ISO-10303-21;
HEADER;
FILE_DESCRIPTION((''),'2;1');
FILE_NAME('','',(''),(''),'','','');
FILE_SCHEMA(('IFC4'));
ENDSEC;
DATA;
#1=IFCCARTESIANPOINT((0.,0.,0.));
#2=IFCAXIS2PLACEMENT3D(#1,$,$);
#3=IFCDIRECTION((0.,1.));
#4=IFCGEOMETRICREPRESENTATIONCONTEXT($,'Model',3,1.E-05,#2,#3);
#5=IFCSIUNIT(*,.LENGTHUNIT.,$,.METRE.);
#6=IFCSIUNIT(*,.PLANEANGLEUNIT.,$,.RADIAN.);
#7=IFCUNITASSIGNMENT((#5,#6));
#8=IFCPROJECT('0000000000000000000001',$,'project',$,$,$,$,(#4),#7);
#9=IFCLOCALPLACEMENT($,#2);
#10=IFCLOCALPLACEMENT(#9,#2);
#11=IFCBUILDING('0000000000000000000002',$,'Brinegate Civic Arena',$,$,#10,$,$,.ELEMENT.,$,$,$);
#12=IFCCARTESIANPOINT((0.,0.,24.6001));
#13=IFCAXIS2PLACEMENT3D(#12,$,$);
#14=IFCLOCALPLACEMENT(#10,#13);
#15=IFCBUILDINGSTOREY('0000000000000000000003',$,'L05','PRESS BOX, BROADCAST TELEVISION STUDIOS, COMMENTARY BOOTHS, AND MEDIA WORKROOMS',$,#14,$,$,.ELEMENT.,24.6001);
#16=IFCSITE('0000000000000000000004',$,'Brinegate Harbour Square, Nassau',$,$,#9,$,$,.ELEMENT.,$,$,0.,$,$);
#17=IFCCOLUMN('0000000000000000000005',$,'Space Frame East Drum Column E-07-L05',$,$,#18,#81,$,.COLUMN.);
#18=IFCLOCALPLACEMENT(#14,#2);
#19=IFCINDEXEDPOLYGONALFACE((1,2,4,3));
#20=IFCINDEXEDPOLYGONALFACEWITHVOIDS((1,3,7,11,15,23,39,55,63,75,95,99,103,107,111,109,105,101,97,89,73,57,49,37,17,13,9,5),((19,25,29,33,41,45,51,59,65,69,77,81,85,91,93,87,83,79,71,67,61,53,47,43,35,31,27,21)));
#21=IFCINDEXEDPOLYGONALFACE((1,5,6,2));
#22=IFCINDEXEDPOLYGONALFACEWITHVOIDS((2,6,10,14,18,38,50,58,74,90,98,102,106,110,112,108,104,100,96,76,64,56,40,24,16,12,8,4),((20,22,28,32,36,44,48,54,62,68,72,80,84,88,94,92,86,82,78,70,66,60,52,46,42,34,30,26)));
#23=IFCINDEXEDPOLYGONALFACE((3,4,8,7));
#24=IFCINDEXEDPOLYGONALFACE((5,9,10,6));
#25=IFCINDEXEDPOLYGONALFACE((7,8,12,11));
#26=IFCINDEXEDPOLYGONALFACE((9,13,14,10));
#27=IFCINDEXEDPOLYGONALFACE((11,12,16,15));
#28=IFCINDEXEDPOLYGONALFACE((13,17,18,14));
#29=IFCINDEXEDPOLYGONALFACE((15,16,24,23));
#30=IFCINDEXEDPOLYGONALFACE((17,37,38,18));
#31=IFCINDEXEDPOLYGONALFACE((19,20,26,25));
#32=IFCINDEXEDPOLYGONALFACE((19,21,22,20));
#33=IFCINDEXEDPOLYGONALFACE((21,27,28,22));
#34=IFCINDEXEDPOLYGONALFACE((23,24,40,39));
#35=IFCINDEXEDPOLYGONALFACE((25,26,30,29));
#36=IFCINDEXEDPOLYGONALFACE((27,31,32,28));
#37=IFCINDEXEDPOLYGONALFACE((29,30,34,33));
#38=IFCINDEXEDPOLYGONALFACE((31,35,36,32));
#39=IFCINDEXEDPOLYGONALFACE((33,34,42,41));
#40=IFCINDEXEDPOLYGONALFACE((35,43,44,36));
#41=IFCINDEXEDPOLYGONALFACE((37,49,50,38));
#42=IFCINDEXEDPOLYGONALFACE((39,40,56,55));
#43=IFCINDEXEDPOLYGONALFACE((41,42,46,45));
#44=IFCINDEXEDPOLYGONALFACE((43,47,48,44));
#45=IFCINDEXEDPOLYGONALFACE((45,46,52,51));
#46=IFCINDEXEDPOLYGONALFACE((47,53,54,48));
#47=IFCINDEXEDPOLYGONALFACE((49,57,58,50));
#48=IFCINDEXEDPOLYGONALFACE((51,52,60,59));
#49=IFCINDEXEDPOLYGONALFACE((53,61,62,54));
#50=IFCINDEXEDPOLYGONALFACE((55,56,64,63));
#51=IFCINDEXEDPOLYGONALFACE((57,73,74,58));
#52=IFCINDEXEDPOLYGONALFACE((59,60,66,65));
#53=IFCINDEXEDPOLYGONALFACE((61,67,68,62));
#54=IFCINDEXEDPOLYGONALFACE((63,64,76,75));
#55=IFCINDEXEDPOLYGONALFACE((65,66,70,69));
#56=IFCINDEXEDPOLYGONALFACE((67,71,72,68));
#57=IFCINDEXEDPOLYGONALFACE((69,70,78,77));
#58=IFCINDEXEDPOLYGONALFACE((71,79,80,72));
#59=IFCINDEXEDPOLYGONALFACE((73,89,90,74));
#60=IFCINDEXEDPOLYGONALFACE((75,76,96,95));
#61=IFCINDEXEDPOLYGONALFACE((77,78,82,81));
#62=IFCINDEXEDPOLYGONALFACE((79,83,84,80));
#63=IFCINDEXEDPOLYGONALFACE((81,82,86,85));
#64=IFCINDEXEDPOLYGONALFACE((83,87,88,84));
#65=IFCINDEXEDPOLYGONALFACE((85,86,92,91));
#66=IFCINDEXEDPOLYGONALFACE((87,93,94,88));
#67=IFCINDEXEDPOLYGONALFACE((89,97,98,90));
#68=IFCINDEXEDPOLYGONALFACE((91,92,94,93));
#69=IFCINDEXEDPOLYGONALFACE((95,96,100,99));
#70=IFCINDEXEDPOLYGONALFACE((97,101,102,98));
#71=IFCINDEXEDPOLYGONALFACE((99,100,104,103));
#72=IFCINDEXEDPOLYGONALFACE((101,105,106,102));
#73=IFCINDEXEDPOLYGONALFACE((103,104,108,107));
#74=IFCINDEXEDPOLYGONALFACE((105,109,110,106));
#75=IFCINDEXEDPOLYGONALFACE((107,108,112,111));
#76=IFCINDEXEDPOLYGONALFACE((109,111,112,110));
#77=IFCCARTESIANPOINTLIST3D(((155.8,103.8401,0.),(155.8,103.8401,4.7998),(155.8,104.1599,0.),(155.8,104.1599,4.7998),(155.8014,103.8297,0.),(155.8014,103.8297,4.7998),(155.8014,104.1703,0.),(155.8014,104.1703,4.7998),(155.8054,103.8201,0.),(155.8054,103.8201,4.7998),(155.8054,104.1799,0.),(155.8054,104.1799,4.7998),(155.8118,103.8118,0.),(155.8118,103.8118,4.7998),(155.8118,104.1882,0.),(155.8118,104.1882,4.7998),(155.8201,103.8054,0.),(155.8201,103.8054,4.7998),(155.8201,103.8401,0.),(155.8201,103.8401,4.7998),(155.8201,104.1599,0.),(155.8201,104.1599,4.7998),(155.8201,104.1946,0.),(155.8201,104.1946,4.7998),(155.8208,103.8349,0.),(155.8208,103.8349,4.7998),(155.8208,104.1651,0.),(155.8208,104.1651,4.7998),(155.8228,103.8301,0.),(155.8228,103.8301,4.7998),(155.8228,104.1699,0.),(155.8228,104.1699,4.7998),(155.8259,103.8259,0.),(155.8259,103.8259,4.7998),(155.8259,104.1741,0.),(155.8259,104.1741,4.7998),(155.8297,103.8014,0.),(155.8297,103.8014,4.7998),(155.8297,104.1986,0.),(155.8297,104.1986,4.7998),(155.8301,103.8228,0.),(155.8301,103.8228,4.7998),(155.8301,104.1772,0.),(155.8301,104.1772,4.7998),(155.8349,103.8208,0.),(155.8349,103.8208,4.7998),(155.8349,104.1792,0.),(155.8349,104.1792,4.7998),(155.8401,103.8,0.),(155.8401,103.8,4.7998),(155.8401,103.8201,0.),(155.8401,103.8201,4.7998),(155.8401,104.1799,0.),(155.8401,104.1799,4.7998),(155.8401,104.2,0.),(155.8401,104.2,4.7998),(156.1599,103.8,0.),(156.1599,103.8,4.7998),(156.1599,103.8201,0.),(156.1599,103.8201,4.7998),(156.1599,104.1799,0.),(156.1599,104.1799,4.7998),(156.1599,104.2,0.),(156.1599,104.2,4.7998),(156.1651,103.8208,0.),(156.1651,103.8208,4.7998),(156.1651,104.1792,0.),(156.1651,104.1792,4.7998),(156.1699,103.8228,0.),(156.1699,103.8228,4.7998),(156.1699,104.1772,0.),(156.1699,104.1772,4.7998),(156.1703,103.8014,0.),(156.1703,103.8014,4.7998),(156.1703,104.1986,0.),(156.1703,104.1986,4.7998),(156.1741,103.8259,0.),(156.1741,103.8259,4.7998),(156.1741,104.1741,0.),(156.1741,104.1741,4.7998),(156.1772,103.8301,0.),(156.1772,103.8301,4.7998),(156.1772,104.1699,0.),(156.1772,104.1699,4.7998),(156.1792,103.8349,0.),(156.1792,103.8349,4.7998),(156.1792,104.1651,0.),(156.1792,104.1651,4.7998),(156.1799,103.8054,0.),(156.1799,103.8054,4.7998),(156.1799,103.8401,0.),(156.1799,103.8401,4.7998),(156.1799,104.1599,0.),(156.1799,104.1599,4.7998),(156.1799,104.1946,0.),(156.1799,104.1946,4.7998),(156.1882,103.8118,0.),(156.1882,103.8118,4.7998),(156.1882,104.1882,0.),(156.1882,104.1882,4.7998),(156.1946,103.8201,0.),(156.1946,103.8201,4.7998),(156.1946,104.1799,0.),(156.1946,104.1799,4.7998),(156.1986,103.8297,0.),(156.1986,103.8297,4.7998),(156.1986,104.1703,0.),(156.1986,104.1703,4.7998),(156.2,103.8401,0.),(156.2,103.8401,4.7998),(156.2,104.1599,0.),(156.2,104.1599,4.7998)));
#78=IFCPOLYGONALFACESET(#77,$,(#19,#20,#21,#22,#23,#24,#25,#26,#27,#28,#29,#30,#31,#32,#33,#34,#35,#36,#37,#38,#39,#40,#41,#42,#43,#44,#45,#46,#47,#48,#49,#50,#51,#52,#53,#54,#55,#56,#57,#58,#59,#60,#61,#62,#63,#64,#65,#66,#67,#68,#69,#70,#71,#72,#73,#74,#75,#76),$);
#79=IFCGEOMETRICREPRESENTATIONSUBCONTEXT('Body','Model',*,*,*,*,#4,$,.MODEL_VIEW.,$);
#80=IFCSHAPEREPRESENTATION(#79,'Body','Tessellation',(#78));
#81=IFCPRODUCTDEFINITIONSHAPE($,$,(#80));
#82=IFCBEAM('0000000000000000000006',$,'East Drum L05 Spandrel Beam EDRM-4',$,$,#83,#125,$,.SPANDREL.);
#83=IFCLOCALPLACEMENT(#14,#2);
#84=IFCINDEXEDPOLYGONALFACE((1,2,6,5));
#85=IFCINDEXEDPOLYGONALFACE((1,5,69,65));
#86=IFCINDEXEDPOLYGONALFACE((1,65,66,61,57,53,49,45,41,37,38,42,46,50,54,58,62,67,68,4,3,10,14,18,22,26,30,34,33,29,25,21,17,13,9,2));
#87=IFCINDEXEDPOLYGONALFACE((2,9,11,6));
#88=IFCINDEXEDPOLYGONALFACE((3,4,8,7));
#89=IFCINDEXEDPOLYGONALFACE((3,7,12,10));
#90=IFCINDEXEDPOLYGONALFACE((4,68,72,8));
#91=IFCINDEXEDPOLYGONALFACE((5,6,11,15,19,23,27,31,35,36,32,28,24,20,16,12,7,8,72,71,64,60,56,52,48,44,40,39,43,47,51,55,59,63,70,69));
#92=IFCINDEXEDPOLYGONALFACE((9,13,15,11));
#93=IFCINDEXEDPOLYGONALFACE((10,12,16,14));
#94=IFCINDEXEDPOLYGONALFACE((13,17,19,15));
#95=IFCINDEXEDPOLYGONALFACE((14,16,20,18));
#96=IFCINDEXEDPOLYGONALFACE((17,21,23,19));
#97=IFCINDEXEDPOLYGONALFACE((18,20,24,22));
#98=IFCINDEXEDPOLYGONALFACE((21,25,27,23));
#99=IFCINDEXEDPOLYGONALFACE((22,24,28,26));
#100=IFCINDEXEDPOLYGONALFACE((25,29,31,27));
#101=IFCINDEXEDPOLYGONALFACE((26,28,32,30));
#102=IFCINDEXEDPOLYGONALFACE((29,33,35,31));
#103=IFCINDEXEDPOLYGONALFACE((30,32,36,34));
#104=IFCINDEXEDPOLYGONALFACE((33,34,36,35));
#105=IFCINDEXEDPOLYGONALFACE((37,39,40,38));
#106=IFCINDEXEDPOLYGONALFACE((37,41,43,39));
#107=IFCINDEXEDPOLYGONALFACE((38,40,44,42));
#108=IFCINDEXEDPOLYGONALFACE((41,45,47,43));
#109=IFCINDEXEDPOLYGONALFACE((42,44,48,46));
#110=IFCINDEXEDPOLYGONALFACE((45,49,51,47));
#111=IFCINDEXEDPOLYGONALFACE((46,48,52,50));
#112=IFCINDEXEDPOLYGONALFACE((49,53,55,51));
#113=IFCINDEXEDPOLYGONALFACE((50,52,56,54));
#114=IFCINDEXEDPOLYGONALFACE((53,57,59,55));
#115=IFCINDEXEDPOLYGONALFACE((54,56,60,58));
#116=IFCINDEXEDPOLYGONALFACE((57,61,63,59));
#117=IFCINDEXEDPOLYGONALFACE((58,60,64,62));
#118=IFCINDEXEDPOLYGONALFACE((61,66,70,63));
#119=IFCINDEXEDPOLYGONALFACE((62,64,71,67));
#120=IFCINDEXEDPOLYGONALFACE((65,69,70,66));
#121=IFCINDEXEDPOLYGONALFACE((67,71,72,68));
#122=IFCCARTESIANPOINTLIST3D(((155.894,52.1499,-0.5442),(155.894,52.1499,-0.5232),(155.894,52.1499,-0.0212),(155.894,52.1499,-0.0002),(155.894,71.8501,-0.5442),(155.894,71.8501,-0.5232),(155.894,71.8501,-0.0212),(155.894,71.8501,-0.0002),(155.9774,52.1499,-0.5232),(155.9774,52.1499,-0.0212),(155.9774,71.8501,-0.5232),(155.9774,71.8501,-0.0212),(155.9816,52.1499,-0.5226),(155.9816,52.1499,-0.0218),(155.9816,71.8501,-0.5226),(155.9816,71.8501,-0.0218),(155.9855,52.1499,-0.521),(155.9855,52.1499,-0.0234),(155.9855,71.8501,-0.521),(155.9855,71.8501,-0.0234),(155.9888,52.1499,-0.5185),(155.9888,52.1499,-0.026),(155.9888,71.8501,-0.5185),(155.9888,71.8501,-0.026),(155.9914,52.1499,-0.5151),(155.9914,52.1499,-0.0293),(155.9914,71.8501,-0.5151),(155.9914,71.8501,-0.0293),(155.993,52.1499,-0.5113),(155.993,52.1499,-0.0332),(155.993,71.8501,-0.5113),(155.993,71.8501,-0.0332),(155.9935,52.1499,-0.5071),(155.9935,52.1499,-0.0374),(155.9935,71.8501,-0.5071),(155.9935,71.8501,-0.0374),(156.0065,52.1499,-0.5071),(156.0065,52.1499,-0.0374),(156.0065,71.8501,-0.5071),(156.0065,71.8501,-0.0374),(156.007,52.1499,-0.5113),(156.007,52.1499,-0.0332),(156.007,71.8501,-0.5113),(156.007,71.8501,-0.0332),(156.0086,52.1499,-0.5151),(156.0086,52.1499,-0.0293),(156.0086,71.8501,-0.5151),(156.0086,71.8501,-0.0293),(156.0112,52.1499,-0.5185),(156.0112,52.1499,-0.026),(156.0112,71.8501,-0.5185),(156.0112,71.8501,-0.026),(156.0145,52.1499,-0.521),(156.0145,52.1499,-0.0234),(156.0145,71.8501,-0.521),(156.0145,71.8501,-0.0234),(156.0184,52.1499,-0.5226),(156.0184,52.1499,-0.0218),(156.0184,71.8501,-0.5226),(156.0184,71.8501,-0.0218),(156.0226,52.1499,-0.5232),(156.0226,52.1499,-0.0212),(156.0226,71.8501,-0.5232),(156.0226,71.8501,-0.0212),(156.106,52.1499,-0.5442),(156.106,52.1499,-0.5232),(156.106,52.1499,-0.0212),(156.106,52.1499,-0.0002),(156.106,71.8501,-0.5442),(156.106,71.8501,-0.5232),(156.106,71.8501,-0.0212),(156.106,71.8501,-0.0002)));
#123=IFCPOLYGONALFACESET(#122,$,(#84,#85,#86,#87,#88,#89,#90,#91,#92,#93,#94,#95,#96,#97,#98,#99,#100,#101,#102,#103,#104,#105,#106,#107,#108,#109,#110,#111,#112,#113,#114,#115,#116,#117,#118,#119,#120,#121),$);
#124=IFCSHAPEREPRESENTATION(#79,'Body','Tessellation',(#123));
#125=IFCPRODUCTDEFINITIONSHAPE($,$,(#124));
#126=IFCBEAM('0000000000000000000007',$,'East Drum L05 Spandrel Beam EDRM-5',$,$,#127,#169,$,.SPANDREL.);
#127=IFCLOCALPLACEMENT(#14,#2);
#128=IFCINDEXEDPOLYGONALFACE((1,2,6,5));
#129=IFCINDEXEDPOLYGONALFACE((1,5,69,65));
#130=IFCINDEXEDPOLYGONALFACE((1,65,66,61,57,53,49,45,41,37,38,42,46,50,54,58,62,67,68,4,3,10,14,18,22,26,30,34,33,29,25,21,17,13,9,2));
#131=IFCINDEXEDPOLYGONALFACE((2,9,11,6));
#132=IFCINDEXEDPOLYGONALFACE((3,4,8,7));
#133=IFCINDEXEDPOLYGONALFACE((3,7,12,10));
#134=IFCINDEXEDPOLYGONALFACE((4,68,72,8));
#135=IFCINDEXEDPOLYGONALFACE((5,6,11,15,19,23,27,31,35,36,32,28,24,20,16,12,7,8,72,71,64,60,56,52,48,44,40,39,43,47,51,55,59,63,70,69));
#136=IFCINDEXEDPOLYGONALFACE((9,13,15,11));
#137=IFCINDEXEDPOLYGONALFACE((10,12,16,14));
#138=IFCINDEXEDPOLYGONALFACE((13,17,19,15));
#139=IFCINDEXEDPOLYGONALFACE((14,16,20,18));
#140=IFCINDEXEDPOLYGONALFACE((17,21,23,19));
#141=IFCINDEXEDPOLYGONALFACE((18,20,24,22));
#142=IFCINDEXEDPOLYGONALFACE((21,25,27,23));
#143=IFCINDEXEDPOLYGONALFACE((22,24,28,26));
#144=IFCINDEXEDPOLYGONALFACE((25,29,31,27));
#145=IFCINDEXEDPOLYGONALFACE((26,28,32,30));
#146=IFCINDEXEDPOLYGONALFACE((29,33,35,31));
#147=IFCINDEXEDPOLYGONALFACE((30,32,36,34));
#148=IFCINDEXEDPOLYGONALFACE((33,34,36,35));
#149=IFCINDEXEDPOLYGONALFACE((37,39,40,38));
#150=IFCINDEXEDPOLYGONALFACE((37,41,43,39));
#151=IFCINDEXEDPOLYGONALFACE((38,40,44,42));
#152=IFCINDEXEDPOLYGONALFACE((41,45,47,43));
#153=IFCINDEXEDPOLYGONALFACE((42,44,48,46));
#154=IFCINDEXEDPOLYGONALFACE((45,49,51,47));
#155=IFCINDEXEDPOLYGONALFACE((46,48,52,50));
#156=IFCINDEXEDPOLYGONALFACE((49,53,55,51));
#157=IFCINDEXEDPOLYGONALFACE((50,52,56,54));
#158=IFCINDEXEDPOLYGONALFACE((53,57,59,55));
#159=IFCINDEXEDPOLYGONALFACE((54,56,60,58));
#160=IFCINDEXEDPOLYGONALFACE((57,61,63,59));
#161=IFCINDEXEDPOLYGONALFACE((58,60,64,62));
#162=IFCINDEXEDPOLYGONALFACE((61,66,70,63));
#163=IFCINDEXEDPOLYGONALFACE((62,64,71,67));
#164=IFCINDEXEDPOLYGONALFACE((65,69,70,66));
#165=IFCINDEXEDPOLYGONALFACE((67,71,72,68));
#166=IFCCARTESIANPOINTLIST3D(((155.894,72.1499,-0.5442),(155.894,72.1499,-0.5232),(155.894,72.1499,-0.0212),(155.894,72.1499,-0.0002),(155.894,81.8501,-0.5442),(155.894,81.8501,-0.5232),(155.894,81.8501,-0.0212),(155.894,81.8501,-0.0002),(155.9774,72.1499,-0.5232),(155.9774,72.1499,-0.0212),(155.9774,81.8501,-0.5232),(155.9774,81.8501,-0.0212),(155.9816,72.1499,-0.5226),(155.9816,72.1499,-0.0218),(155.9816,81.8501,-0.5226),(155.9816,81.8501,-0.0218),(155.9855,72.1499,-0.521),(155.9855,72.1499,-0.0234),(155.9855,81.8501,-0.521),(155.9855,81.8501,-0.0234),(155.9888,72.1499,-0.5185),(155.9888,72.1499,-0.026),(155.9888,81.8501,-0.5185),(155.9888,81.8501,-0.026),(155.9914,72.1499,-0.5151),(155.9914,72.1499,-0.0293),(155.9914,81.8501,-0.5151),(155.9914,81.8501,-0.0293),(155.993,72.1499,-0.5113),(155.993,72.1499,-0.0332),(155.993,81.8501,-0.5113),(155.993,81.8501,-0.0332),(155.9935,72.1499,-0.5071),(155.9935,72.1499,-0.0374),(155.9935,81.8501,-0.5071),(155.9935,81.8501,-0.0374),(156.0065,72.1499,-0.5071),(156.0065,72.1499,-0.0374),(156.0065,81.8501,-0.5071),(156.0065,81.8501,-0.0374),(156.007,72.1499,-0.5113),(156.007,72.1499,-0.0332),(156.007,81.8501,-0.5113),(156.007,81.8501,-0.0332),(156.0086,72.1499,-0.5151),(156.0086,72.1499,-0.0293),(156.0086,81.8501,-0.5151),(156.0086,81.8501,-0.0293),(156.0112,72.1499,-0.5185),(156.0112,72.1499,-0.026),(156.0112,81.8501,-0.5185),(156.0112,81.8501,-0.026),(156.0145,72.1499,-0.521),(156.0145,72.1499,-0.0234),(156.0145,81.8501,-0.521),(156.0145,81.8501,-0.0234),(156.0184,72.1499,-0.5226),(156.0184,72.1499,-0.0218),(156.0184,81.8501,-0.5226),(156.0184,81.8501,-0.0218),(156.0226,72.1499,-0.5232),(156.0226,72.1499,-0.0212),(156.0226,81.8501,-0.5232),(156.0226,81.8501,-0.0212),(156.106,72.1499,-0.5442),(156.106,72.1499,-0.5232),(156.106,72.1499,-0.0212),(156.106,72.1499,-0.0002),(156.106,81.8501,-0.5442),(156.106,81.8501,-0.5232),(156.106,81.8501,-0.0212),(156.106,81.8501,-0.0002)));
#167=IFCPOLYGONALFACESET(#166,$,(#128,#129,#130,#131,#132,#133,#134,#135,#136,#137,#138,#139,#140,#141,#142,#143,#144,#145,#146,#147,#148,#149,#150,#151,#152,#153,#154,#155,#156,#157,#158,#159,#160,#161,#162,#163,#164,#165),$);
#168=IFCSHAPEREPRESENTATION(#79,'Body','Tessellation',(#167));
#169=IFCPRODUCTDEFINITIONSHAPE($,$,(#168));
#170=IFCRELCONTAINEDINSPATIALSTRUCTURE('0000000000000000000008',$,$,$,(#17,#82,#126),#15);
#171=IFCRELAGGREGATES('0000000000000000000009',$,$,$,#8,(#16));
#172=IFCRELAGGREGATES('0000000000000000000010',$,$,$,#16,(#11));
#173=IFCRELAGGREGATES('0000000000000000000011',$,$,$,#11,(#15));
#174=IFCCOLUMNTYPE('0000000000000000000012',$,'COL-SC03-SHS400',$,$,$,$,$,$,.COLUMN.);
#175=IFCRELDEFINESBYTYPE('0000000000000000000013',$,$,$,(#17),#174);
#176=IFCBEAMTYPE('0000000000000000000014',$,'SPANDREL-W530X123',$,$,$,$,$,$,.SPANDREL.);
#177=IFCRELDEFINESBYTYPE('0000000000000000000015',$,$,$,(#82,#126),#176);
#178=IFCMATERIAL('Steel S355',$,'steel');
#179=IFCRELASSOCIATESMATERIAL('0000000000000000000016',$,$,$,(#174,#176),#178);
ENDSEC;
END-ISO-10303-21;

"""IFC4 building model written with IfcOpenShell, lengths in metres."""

from ifc_helpers import new_model, si_unit, direction, frame, origin, origin_2d, place, context, subcontext, project, spatial, hollow_rectangle, i_section, extrude, material, material_profile, profile_set, type_object, element, save


model = new_model("IFC4")

# Units and contexts
model_context = context("Model", 3, precision=1e-05, world=origin(), true_north=direction((0.0, 1.0)))
body_context = subcontext(model_context, "Body", "Model", "MODEL_VIEW")
ifc_project = project(units=[si_unit("LENGTHUNIT", "METRE"), si_unit("PLANEANGLEUNIT", "RADIAN")], contexts=[model_context])

# Site, building, storey
site_placement = place(None, origin())
site = spatial("IfcSite", under=ifc_project, at=site_placement, Name="Brinegate Harbour Square, Nassau", CompositionType="ELEMENT", RefElevation=0.0)
building_placement = place(site_placement, origin())
building = spatial("IfcBuilding", under=site, at=building_placement, Name="Brinegate Civic Arena", CompositionType="ELEMENT")
storey_placement = place(building_placement, frame((0.0, 0.0, 24.6001)))
storey = spatial("IfcBuildingStorey", under=building, at=storey_placement, Name="L05", Description="PRESS BOX, BROADCAST TELEVISION STUDIOS, COMMENTARY BOOTHS, AND MEDIA WORKROOMS", CompositionType="ELEMENT", Elevation=24.6001)

# Column
ifc_material_1 = material(Name="Steel S355", Category="steel")
ifc_material_profile_1 = material_profile(ifc_material_1, hollow_rectangle(XDim=0.3999, YDim=0.3999, WallThickness=0.02, InnerFilletRadius=0.02, OuterFilletRadius=0.04, at=origin_2d()), Name="SHS400X20")
ifc_profile_set_1 = profile_set([ifc_material_profile_1], Name="Steel S355")
column_type = type_object("IfcColumnType", Name="COL-SC03-SHS400", PredefinedType="COLUMN", material=ifc_profile_set_1)
for number, where, z_axis, x_axis, name in (
    (1, (156.0, 104.0, 0.0), (0.0, 0.0, 1.0), (1.0, 0.0, 0.0), "Space Frame East Drum Column E-07-L05"),
):
    element("IfcColumn", number, at=place(storey_placement, frame(where, z_axis=z_axis, x_axis=x_axis)), inside=storey, type_object=column_type, Name=name, PredefinedType="COLUMN", context=body_context, shape_type="SweptSolid", body=[
        extrude(hollow_rectangle(XDim=0.3999, YDim=0.3999, WallThickness=0.02, InnerFilletRadius=0.02, OuterFilletRadius=0.04, at=origin_2d()), origin(), (0.0, 0.0, 1.0), 4.7998),
    ])

# Beams
ifc_material_profile_2 = material_profile(ifc_material_1, i_section(OverallWidth=0.2119, OverallDepth=0.5439, WebThickness=0.0129, FlangeThickness=0.021, FilletRadius=0.0161, at=origin_2d()), Name="W530X123")
ifc_profile_set_2 = profile_set([ifc_material_profile_2], Name="Steel S355")
beam_type = type_object("IfcBeamType", Name="SPANDREL-W530X123", PredefinedType="SPANDREL", material=ifc_profile_set_2)
beam_1_placement = place(storey_placement, frame((156.0, 52.1499, -0.2722), z_axis=(0.0, 1.0, 0.0), x_axis=(-1.0, 0.0, 0.0)))
element("IfcBeam", 2, at=beam_1_placement, inside=storey, type_object=beam_type, Name="East Drum L05 Spandrel Beam EDRM-4", PredefinedType="SPANDREL", context=body_context, shape_type="SweptSolid", body=[
    extrude(i_section(OverallWidth=0.2119, OverallDepth=0.5439, WebThickness=0.0129, FlangeThickness=0.021, FilletRadius=0.0161, at=origin_2d()), origin(), (0.0, 0.0, 1.0), 19.7002),
])
beam_2_placement = place(storey_placement, frame((156.0, 72.1499, -0.2722), z_axis=(0.0, 1.0, 0.0), x_axis=(-1.0, 0.0, 0.0)))
element("IfcBeam", 3, at=beam_2_placement, inside=storey, type_object=beam_type, Name="East Drum L05 Spandrel Beam EDRM-5", PredefinedType="SPANDREL", context=body_context, shape_type="SweptSolid", body=[
    extrude(i_section(OverallWidth=0.2119, OverallDepth=0.5439, WebThickness=0.0129, FlangeThickness=0.021, FilletRadius=0.0161, at=origin_2d()), origin(), (0.0, 0.0, 1.0), 9.7002),
])

save(model, "model.ifc")
